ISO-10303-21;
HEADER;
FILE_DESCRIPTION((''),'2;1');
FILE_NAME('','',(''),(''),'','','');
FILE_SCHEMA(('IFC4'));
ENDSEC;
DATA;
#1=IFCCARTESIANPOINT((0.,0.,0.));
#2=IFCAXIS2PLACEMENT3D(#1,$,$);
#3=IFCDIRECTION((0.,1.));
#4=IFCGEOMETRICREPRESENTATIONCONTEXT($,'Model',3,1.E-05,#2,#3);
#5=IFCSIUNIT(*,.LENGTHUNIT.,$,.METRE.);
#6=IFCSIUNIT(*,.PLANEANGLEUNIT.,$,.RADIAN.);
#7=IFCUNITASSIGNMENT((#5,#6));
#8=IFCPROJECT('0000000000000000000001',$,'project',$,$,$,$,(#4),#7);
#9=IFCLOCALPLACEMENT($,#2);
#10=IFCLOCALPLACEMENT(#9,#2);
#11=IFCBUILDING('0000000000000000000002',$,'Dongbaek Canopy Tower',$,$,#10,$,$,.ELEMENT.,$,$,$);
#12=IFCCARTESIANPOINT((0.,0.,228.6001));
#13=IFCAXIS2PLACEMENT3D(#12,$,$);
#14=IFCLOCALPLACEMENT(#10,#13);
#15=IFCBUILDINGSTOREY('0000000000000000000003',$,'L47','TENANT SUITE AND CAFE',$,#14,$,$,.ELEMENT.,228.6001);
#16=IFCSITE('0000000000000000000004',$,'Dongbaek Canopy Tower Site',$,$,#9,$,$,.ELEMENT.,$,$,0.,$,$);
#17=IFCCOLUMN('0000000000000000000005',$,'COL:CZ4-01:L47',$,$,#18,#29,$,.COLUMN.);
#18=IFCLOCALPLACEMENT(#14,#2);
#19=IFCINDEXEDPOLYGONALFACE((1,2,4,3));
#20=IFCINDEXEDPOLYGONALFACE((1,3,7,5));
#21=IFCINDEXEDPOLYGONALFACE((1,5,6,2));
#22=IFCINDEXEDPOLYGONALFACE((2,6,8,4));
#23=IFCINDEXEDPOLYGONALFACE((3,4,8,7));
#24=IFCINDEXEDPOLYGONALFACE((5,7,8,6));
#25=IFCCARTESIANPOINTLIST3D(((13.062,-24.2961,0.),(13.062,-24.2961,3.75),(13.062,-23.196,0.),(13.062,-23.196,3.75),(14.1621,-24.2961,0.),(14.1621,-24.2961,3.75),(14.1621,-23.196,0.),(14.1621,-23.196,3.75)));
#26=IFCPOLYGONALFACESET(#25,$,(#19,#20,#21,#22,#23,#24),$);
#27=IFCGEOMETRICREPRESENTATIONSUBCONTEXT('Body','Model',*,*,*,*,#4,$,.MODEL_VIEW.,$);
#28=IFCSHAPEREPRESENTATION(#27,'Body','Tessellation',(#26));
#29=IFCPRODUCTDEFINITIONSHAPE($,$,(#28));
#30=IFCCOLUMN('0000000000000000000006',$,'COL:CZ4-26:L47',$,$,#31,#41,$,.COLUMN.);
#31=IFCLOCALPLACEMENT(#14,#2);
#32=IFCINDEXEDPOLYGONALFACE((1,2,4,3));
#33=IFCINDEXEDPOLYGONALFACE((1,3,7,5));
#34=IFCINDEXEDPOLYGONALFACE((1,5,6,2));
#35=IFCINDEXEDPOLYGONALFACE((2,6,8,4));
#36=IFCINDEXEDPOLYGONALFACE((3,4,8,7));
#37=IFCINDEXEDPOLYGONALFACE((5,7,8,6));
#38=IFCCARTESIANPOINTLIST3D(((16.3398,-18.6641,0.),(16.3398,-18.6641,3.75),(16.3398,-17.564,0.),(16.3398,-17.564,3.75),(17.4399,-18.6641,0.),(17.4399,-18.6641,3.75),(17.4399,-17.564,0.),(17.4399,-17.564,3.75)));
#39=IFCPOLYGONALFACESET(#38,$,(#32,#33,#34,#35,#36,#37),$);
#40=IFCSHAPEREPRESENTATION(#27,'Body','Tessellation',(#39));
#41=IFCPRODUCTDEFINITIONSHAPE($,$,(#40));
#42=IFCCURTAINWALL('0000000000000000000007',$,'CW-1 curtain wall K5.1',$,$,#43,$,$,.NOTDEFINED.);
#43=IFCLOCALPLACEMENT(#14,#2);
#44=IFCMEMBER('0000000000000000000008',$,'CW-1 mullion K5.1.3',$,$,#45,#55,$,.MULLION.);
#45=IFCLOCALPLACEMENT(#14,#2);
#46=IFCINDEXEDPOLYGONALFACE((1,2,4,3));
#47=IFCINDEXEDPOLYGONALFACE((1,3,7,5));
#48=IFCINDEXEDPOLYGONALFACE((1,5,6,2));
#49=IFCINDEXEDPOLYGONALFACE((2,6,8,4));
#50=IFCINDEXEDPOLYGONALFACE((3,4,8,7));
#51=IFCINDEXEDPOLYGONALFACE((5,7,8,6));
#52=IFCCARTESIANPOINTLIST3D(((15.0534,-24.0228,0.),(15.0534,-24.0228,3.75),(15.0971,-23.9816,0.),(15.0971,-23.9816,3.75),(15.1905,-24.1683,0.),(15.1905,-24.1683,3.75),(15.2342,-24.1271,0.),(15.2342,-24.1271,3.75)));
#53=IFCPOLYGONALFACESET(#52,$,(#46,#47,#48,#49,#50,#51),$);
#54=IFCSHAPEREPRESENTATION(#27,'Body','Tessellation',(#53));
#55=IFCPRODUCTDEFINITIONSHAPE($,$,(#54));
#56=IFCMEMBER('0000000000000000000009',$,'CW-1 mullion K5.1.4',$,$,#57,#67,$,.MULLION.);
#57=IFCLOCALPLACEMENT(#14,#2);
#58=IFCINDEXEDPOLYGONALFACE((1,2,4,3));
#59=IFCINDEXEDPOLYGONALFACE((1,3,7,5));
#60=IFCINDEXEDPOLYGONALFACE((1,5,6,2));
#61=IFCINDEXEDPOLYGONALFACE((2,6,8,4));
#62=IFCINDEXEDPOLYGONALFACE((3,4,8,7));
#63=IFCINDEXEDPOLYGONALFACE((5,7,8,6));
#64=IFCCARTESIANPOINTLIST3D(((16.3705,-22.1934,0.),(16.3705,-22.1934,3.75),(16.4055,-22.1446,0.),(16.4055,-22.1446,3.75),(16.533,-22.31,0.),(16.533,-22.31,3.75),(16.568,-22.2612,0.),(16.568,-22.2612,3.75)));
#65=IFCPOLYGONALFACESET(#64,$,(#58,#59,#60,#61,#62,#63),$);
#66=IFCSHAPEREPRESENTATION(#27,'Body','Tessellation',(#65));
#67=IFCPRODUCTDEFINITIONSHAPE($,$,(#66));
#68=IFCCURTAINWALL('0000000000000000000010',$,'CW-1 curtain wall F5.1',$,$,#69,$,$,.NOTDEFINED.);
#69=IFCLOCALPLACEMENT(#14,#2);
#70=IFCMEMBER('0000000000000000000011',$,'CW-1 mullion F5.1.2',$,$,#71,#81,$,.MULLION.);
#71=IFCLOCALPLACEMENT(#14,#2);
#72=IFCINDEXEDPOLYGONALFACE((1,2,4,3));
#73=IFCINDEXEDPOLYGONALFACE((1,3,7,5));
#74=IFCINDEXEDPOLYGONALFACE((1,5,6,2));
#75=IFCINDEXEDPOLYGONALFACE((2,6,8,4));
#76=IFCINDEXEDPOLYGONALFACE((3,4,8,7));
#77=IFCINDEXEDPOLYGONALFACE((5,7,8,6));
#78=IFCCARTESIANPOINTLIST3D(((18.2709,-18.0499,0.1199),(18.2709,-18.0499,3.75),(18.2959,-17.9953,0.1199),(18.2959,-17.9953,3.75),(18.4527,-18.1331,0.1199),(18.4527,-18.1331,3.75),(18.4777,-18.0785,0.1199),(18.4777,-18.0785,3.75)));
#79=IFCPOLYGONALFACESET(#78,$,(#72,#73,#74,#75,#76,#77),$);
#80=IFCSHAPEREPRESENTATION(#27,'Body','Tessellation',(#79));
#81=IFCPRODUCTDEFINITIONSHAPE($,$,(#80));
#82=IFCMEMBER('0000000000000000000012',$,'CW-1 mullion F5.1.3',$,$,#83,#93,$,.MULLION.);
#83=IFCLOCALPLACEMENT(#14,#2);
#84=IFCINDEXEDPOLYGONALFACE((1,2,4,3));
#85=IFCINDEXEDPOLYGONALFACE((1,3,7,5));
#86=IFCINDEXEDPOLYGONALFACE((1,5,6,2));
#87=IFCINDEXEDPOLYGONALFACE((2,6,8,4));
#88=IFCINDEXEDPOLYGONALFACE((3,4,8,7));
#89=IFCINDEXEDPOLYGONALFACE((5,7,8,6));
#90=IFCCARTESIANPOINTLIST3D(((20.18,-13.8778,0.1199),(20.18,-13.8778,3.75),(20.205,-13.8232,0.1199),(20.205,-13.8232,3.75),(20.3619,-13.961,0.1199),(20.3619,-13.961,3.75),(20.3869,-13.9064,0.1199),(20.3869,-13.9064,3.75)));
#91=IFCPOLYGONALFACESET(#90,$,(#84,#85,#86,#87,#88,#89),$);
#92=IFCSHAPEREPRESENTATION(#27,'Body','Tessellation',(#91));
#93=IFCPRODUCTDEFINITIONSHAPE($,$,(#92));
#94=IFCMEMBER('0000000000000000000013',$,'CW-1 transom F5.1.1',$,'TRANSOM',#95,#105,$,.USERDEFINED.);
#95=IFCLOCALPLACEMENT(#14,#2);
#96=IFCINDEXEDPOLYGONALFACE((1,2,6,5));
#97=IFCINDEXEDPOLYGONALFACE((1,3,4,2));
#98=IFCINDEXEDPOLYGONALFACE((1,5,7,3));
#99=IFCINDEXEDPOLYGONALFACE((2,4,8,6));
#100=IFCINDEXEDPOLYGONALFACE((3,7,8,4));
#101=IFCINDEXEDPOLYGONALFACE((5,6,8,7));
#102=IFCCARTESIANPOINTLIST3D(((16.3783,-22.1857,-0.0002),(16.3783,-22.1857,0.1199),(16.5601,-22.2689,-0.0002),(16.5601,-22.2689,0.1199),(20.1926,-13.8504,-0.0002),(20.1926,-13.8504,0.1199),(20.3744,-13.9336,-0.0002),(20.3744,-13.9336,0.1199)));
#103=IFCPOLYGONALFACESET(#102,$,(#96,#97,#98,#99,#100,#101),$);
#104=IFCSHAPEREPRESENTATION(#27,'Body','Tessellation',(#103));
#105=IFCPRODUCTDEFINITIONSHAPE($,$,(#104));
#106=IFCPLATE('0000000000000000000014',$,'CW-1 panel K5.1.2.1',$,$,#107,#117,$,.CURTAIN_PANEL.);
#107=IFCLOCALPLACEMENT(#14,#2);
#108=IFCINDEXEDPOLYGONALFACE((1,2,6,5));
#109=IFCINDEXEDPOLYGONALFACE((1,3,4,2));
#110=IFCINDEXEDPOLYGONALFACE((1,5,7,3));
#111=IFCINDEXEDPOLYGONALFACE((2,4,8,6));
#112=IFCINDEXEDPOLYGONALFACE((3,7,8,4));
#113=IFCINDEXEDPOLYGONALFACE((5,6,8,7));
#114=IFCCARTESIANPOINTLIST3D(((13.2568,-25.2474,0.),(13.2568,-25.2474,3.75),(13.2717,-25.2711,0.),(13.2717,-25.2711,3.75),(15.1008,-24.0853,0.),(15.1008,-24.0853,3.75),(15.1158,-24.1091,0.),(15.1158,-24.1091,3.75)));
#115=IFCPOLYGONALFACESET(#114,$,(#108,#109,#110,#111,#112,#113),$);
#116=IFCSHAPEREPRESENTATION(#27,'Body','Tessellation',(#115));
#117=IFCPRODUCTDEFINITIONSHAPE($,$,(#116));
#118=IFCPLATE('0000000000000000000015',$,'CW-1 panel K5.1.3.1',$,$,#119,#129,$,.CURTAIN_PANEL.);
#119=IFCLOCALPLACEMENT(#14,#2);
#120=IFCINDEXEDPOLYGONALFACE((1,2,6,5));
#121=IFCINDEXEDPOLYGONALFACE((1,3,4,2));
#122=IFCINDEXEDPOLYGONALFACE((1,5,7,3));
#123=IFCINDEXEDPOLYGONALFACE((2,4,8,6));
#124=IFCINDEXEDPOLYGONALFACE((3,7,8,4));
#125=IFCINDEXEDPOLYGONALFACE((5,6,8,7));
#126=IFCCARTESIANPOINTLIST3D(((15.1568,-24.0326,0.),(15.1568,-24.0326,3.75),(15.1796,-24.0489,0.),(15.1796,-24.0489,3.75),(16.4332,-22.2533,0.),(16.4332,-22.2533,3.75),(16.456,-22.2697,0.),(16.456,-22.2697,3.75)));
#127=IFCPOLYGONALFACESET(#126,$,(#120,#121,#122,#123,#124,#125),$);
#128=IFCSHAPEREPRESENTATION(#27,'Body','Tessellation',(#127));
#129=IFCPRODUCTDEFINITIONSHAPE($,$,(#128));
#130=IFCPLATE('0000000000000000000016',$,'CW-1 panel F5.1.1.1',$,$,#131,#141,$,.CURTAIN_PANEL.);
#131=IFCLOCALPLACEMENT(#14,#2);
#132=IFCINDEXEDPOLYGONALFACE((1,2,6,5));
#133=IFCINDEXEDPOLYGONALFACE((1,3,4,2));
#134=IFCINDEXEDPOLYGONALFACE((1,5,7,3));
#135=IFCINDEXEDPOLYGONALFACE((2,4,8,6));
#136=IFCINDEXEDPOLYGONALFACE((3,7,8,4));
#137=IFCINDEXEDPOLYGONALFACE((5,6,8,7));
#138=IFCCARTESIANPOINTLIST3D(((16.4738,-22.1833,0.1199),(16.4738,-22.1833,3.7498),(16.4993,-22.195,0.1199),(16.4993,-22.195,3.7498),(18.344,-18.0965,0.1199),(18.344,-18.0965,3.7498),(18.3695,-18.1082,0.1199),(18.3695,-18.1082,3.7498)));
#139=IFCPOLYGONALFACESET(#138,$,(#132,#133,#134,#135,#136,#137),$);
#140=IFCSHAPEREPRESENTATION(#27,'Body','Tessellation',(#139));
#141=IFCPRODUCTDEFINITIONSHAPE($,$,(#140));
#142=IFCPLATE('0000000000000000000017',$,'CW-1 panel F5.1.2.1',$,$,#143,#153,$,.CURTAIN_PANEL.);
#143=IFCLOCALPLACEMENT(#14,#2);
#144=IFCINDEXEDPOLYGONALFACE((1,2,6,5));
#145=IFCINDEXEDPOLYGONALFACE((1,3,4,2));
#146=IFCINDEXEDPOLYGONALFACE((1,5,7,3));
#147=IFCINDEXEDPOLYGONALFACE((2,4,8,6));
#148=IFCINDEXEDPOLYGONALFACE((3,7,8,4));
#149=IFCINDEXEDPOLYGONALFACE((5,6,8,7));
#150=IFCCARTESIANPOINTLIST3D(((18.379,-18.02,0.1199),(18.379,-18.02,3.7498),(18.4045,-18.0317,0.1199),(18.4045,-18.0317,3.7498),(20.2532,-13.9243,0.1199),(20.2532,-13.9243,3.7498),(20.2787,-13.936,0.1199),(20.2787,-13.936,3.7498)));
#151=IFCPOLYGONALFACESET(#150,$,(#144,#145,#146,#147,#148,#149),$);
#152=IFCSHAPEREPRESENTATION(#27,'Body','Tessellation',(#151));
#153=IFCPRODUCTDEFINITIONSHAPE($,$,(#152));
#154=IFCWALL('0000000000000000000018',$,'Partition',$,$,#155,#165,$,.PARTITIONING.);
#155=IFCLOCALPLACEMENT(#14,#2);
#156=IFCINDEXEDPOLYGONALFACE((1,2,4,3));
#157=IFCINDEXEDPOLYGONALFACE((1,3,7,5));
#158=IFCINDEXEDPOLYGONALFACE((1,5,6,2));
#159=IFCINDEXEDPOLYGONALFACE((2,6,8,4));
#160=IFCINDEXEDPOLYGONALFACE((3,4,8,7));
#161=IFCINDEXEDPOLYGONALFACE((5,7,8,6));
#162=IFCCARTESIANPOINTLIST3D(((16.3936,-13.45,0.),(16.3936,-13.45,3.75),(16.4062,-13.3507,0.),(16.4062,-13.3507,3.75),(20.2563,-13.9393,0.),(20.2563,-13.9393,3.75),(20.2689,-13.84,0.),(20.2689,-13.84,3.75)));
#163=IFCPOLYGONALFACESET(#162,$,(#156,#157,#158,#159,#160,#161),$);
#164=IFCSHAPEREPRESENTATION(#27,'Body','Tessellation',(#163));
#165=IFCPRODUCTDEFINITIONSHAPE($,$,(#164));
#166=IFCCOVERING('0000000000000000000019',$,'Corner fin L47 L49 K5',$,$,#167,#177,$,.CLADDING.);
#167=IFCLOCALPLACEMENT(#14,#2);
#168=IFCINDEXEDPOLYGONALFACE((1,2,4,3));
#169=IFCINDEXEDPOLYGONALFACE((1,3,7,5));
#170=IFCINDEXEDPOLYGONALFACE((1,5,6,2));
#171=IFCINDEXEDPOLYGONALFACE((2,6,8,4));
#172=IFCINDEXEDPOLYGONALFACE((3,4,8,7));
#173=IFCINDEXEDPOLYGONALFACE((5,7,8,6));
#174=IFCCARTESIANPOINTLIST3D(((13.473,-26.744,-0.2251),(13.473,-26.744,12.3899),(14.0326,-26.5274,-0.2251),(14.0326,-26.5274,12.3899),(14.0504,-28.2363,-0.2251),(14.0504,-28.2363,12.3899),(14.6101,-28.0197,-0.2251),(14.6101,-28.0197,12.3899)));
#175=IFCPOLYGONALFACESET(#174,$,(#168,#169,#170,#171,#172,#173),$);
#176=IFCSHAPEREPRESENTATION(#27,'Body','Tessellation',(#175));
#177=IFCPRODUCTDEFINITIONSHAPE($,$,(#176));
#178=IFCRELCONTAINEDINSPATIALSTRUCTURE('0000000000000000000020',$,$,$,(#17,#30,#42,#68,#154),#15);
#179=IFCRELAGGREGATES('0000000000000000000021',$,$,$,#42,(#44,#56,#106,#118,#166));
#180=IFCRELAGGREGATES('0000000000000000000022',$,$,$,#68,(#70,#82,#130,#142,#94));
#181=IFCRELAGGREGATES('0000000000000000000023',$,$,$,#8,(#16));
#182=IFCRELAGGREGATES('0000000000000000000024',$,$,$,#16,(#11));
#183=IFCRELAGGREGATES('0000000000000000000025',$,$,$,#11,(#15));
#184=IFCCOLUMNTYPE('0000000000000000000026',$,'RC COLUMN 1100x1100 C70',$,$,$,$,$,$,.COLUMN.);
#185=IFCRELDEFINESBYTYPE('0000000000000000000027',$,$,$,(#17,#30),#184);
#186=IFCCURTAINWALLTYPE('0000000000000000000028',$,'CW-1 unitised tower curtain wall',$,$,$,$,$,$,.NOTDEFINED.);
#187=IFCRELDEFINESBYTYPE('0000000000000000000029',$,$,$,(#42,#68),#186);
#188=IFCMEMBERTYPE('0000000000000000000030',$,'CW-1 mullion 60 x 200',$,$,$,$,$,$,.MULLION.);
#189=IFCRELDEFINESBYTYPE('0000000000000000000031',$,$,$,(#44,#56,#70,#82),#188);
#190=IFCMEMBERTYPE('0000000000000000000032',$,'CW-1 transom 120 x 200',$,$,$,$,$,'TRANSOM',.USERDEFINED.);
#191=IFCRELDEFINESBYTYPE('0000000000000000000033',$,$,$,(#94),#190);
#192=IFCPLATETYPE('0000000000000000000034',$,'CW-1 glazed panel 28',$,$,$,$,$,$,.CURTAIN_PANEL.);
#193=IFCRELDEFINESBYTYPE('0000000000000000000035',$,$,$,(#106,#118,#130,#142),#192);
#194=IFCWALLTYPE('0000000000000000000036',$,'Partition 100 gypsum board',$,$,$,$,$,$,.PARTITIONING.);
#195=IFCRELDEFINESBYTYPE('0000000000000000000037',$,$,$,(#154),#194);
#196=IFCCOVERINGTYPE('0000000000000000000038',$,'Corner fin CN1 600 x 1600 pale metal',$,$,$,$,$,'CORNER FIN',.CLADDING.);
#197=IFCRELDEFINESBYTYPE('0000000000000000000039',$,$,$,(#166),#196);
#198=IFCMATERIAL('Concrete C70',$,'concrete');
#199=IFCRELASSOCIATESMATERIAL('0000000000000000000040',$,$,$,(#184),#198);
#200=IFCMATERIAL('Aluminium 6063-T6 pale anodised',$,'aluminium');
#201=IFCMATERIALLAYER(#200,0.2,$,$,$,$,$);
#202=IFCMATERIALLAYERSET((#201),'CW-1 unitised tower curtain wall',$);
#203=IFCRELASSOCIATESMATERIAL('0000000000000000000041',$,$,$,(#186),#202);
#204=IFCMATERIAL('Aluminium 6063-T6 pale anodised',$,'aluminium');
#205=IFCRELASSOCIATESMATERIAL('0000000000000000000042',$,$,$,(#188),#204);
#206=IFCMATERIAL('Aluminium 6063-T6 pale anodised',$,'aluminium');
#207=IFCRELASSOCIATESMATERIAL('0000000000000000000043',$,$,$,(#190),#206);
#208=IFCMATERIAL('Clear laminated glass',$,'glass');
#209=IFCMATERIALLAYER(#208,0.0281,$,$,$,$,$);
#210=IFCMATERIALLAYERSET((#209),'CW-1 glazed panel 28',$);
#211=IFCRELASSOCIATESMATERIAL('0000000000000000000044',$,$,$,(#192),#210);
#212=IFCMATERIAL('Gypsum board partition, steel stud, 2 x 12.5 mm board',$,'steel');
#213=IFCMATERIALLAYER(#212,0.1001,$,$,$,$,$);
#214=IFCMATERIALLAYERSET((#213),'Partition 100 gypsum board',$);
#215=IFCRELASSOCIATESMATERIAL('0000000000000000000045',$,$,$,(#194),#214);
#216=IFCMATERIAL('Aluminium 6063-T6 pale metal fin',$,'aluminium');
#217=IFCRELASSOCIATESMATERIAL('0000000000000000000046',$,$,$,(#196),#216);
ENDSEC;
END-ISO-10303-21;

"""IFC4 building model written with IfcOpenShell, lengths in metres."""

from ifc_helpers import new_model, si_unit, direction, frame, frame_2d, origin, origin_2d, place, context, subcontext, project, spatial, rectangle, extrude, material, layer, layer_set, material_profile, profile_set, type_object, element, aggregate, save


model = new_model("IFC4")

# Units and contexts
model_context = context("Model", 3, precision=1e-05, world=origin(), true_north=direction((0.0, 1.0)))
body_context = subcontext(model_context, "Body", "Model", "MODEL_VIEW")
ifc_project = project(units=[si_unit("LENGTHUNIT", "METRE"), si_unit("PLANEANGLEUNIT", "RADIAN")], contexts=[model_context])

# Site, building, storey
site_placement = place(None, origin())
site = spatial("IfcSite", under=ifc_project, at=site_placement, Name="Dongbaek Canopy Tower Site", CompositionType="ELEMENT", RefElevation=0.0)
building_placement = place(site_placement, origin())
building = spatial("IfcBuilding", under=site, at=building_placement, Name="Dongbaek Canopy Tower", CompositionType="ELEMENT")
storey_placement = place(building_placement, frame((0.0, 0.0, 228.6001)))
storey = spatial("IfcBuildingStorey", under=building, at=storey_placement, Name="L47", Description="TENANT SUITE AND CAFE", CompositionType="ELEMENT", Elevation=228.6001)

# Columns
ifc_material_1 = material(Name="Concrete C70", Category="concrete")
ifc_material_profile_1 = material_profile(ifc_material_1, rectangle(XDim=1.1001, YDim=1.1001, at=origin_2d()), Name="RC COLUMN 1100x1100 C70")
ifc_profile_set_1 = profile_set([ifc_material_profile_1], Name="Concrete C70")
column_type = type_object("IfcColumnType", Name="RC COLUMN 1100x1100 C70", PredefinedType="COLUMN", material=ifc_profile_set_1)
for number, where, z_axis, x_axis, name in (
    (1, (13.6121, -23.7461, 0.0), (0.0, 0.0, 1.0), (1.0, 0.0, 0.0), "COL:CZ4-01:L47"),
    (2, (16.8899, -18.114, 0.0), (0.0, 0.0, 1.0), (1.0, 0.0, 0.0), "COL:CZ4-26:L47"),
):
    element("IfcColumn", number, at=place(storey_placement, frame(where, z_axis=z_axis, x_axis=x_axis)), inside=storey, type_object=column_type, Name=name, PredefinedType="COLUMN", context=body_context, shape_type="SweptSolid", body=[
        extrude(rectangle(XDim=1.1001, YDim=1.1001, at=origin_2d()), origin(), (0.0, 0.0, 1.0), 3.75),
    ])

# Curtain walls, members
ifc_material_2 = material(Name="Aluminium 6063-T6 pale anodised", Category="aluminium")
ifc_layer_1 = layer(ifc_material_2, 0.2)
ifc_layer_set_1 = layer_set([ifc_layer_1], Name="CW-1 unitised tower curtain wall")
curtain_wall_type = type_object("IfcCurtainWallType", Name="CW-1 unitised tower curtain wall", PredefinedType="NOTDEFINED", material=ifc_layer_set_1)
curtain_wall_1_placement = place(storey_placement, origin())
curtain_wall_1 = element("IfcCurtainWall", 3, at=curtain_wall_1_placement, inside=storey, type_object=curtain_wall_type, Name="CW-1 curtain wall K5.1", PredefinedType="NOTDEFINED")
ifc_material_3 = material(Name="Aluminium 6063-T6 pale anodised", Category="aluminium")
ifc_material_profile_2 = material_profile(ifc_material_3, rectangle(XDim=0.2, YDim=0.0601, at=origin_2d()), Name="CW-1 mullion 60 x 200")
ifc_profile_set_2 = profile_set([ifc_material_profile_2], Name="Aluminium 6063-T6 pale anodised")
member_type_1 = type_object("IfcMemberType", Name="CW-1 mullion 60 x 200", PredefinedType="MULLION", material=ifc_profile_set_2)
member_1_placement = place(storey_placement, frame((15.1438, -24.075, 0.0), z_axis=(0.0, 0.0, 1.0), x_axis=(0.685596, -0.727982, 0.0)))
member_1 = element("IfcMember", 4, at=member_1_placement, type_object=member_type_1, Name="CW-1 mullion K5.1.3", PredefinedType="MULLION", context=body_context, shape_type="SweptSolid", body=[
    extrude(rectangle(XDim=0.2, YDim=0.0601, at=origin_2d()), origin(), (0.0, 0.0, 1.0), 3.75),
])
member_2_placement = place(storey_placement, frame((16.4692, -22.2273, 0.0), z_axis=(0.0, 0.0, 1.0), x_axis=(0.812557, -0.582881, 0.0)))
member_2 = element("IfcMember", 5, at=member_2_placement, type_object=member_type_1, Name="CW-1 mullion K5.1.4", PredefinedType="MULLION", context=body_context, shape_type="SweptSolid", body=[
    extrude(rectangle(XDim=0.2, YDim=0.0601, at=origin_2d()), origin(), (0.0, 0.0, 1.0), 3.75),
])
curtain_wall_2_placement = place(storey_placement, origin())
curtain_wall_2 = element("IfcCurtainWall", 6, at=curtain_wall_2_placement, inside=storey, type_object=curtain_wall_type, Name="CW-1 curtain wall F5.1", PredefinedType="NOTDEFINED")
member_3_placement = place(storey_placement, frame((18.3743, -18.0642, 0.1199), z_axis=(0.0, 0.0, 1.0), x_axis=(0.909313, -0.416113, 0.0)))
member_3 = element("IfcMember", 7, at=member_3_placement, type_object=member_type_1, Name="CW-1 mullion F5.1.2", PredefinedType="MULLION", context=body_context, shape_type="SweptSolid", body=[
    extrude(rectangle(XDim=0.2, YDim=0.0601, at=origin_2d()), origin(), (0.0, 0.0, 1.0), 3.6301),
])
member_4_placement = place(storey_placement, frame((20.2834, -13.8921, 0.1199), z_axis=(0.0, 0.0, 1.0), x_axis=(0.909313, -0.416113, 0.0)))
member_4 = element("IfcMember", 8, at=member_4_placement, type_object=member_type_1, Name="CW-1 mullion F5.1.3", PredefinedType="MULLION", context=body_context, shape_type="SweptSolid", body=[
    extrude(rectangle(XDim=0.2, YDim=0.0601, at=origin_2d()), origin(), (0.0, 0.0, 1.0), 3.6301),
])
ifc_material_4 = material(Name="Aluminium 6063-T6 pale anodised", Category="aluminium")
ifc_material_profile_3 = material_profile(ifc_material_4, rectangle(XDim=0.2, YDim=0.1201, at=origin_2d()), Name="CW-1 transom 120 x 200")
ifc_profile_set_3 = profile_set([ifc_material_profile_3], Name="Aluminium 6063-T6 pale anodised")
member_type_2 = type_object("IfcMemberType", Name="CW-1 transom 120 x 200", ElementType="TRANSOM", PredefinedType="USERDEFINED", material=ifc_profile_set_3)
member_5_placement = place(storey_placement, frame((16.4692, -22.2273, 0.0598), z_axis=(0.416105, 0.909316, 0.0), x_axis=(-0.909316, 0.416105, 0.0)))
member_5 = element("IfcMember", 9, at=member_5_placement, type_object=member_type_2, Name="CW-1 transom F5.1.1", ObjectType="TRANSOM", PredefinedType="USERDEFINED", context=body_context, shape_type="SweptSolid", body=[
    extrude(rectangle(XDim=0.2, YDim=0.1201, at=origin_2d()), origin(), (0.0, 0.0, 1.0), 9.1665),
])

# Plates
ifc_material_5 = material(Name="Clear laminated glass", Category="glass")
ifc_layer_2 = layer(ifc_material_5, 0.0281)
ifc_layer_set_2 = layer_set([ifc_layer_2], Name="CW-1 glazed panel 28")
plate_type = type_object("IfcPlateType", Name="CW-1 glazed panel 28", PredefinedType="CURTAIN_PANEL", material=ifc_layer_set_2)
plate_1_placement = place(storey_placement, frame((14.1863, -24.6782, 0.0), z_axis=(0.0, 0.0, 1.0), x_axis=(0.846021, 0.533149, 0.0)))
plate_1 = element("IfcPlate", 10, at=plate_1_placement, type_object=plate_type, Name="CW-1 panel K5.1.2.1", PredefinedType="CURTAIN_PANEL", context=body_context, shape_type="SweptSolid", body=[
    extrude(rectangle(XDim=2.1797, YDim=0.0281, at=origin_2d()), origin(), (0.0, 0.0, 1.0), 3.75),
])
plate_2_placement = place(storey_placement, frame((15.8064, -23.1511, 0.0), z_axis=(0.0, 0.0, 1.0), x_axis=(0.582881, 0.812557, 0.0)))
plate_2 = element("IfcPlate", 11, at=plate_2_placement, type_object=plate_type, Name="CW-1 panel K5.1.3.1", PredefinedType="CURTAIN_PANEL", context=body_context, shape_type="SweptSolid", body=[
    extrude(rectangle(XDim=2.1897, YDim=0.0281, at=origin_2d()), origin(), (0.0, 0.0, 1.0), 3.75),
])
plate_3_placement = place(storey_placement, frame((17.4216, -20.1458, 0.1199), z_axis=(0.0, 0.0, 1.0), x_axis=(0.416113, 0.909313, 0.0)))
plate_3 = element("IfcPlate", 12, at=plate_3_placement, type_object=plate_type, Name="CW-1 panel F5.1.1.1", PredefinedType="CURTAIN_PANEL", context=body_context, shape_type="SweptSolid", body=[
    extrude(rectangle(XDim=4.4944, YDim=0.0281, at=origin_2d()), origin(), (0.0, 0.0, 1.0), 3.6299),
])
plate_4_placement = place(storey_placement, frame((19.3289, -15.978, 0.1199), z_axis=(0.0, 0.0, 1.0), x_axis=(0.416113, 0.909313, 0.0)))
plate_4 = element("IfcPlate", 13, at=plate_4_placement, type_object=plate_type, Name="CW-1 panel F5.1.2.1", PredefinedType="CURTAIN_PANEL", context=body_context, shape_type="SweptSolid", body=[
    extrude(rectangle(XDim=4.5042, YDim=0.0281, at=origin_2d()), origin(), (0.0, 0.0, 1.0), 3.6299),
])

# Wall
ifc_material_6 = material(Name="Gypsum board partition, steel stud, 2 x 12.5 mm board", Category="steel")
ifc_layer_3 = layer(ifc_material_6, 0.1001)
ifc_layer_set_3 = layer_set([ifc_layer_3], Name="Partition 100 gypsum board")
wall_type_1 = type_object("IfcWallType", Name="Partition 100 gypsum board", PredefinedType="PARTITIONING", material=ifc_layer_set_3)
wall_1_placement = place(storey_placement, frame((16.3999, -13.4004, 0.0), z_axis=(0.0, 0.0, 1.0), x_axis=(0.992074, -0.125655, 0.0)))
element("IfcWall", 14, at=wall_1_placement, inside=storey, type_object=wall_type_1, Name="Partition", PredefinedType="PARTITIONING", context=body_context, shape_type="SweptSolid", body=[
    extrude(rectangle(XDim=3.8936, YDim=0.1001, at=frame_2d((1.9468, 0.0))), origin(), (0.0, 0.0, 1.0), 3.75),
])

# Covering
ifc_material_7 = material(Name="Aluminium 6063-T6 pale metal fin", Category="aluminium")
ifc_material_profile_4 = material_profile(ifc_material_7, rectangle(XDim=1.6001, YDim=0.6001, at=origin_2d()), Name="Corner fin CN1 600 x 1600 pale metal")
ifc_profile_set_4 = profile_set([ifc_material_profile_4], Name="Aluminium 6063-T6 pale metal fin")
covering_type_1 = type_object("IfcCoveringType", Name="Corner fin CN1 600 x 1600 pale metal", ElementType="CORNER FIN", PredefinedType="CLADDING", material=ifc_profile_set_4)
covering_1_placement = place(storey_placement, frame((14.0415, -27.3818, -0.2251), z_axis=(0.0, 0.0, 1.0), x_axis=(0.360882, -0.932611, 0.0)))
covering_1 = element("IfcCovering", 15, at=covering_1_placement, type_object=covering_type_1, Name="Corner fin L47 L49 K5", PredefinedType="CLADDING", context=body_context, shape_type="SweptSolid", body=[
    extrude(rectangle(XDim=1.6001, YDim=0.6001, at=origin_2d()), origin(), (0.0, 0.0, 1.0), 12.615),
])
aggregate(curtain_wall_1, [member_1, member_2, plate_1, plate_2, covering_1])
aggregate(curtain_wall_2, [member_3, member_4, plate_3, plate_4, member_5])

save(model, "model.ifc")
